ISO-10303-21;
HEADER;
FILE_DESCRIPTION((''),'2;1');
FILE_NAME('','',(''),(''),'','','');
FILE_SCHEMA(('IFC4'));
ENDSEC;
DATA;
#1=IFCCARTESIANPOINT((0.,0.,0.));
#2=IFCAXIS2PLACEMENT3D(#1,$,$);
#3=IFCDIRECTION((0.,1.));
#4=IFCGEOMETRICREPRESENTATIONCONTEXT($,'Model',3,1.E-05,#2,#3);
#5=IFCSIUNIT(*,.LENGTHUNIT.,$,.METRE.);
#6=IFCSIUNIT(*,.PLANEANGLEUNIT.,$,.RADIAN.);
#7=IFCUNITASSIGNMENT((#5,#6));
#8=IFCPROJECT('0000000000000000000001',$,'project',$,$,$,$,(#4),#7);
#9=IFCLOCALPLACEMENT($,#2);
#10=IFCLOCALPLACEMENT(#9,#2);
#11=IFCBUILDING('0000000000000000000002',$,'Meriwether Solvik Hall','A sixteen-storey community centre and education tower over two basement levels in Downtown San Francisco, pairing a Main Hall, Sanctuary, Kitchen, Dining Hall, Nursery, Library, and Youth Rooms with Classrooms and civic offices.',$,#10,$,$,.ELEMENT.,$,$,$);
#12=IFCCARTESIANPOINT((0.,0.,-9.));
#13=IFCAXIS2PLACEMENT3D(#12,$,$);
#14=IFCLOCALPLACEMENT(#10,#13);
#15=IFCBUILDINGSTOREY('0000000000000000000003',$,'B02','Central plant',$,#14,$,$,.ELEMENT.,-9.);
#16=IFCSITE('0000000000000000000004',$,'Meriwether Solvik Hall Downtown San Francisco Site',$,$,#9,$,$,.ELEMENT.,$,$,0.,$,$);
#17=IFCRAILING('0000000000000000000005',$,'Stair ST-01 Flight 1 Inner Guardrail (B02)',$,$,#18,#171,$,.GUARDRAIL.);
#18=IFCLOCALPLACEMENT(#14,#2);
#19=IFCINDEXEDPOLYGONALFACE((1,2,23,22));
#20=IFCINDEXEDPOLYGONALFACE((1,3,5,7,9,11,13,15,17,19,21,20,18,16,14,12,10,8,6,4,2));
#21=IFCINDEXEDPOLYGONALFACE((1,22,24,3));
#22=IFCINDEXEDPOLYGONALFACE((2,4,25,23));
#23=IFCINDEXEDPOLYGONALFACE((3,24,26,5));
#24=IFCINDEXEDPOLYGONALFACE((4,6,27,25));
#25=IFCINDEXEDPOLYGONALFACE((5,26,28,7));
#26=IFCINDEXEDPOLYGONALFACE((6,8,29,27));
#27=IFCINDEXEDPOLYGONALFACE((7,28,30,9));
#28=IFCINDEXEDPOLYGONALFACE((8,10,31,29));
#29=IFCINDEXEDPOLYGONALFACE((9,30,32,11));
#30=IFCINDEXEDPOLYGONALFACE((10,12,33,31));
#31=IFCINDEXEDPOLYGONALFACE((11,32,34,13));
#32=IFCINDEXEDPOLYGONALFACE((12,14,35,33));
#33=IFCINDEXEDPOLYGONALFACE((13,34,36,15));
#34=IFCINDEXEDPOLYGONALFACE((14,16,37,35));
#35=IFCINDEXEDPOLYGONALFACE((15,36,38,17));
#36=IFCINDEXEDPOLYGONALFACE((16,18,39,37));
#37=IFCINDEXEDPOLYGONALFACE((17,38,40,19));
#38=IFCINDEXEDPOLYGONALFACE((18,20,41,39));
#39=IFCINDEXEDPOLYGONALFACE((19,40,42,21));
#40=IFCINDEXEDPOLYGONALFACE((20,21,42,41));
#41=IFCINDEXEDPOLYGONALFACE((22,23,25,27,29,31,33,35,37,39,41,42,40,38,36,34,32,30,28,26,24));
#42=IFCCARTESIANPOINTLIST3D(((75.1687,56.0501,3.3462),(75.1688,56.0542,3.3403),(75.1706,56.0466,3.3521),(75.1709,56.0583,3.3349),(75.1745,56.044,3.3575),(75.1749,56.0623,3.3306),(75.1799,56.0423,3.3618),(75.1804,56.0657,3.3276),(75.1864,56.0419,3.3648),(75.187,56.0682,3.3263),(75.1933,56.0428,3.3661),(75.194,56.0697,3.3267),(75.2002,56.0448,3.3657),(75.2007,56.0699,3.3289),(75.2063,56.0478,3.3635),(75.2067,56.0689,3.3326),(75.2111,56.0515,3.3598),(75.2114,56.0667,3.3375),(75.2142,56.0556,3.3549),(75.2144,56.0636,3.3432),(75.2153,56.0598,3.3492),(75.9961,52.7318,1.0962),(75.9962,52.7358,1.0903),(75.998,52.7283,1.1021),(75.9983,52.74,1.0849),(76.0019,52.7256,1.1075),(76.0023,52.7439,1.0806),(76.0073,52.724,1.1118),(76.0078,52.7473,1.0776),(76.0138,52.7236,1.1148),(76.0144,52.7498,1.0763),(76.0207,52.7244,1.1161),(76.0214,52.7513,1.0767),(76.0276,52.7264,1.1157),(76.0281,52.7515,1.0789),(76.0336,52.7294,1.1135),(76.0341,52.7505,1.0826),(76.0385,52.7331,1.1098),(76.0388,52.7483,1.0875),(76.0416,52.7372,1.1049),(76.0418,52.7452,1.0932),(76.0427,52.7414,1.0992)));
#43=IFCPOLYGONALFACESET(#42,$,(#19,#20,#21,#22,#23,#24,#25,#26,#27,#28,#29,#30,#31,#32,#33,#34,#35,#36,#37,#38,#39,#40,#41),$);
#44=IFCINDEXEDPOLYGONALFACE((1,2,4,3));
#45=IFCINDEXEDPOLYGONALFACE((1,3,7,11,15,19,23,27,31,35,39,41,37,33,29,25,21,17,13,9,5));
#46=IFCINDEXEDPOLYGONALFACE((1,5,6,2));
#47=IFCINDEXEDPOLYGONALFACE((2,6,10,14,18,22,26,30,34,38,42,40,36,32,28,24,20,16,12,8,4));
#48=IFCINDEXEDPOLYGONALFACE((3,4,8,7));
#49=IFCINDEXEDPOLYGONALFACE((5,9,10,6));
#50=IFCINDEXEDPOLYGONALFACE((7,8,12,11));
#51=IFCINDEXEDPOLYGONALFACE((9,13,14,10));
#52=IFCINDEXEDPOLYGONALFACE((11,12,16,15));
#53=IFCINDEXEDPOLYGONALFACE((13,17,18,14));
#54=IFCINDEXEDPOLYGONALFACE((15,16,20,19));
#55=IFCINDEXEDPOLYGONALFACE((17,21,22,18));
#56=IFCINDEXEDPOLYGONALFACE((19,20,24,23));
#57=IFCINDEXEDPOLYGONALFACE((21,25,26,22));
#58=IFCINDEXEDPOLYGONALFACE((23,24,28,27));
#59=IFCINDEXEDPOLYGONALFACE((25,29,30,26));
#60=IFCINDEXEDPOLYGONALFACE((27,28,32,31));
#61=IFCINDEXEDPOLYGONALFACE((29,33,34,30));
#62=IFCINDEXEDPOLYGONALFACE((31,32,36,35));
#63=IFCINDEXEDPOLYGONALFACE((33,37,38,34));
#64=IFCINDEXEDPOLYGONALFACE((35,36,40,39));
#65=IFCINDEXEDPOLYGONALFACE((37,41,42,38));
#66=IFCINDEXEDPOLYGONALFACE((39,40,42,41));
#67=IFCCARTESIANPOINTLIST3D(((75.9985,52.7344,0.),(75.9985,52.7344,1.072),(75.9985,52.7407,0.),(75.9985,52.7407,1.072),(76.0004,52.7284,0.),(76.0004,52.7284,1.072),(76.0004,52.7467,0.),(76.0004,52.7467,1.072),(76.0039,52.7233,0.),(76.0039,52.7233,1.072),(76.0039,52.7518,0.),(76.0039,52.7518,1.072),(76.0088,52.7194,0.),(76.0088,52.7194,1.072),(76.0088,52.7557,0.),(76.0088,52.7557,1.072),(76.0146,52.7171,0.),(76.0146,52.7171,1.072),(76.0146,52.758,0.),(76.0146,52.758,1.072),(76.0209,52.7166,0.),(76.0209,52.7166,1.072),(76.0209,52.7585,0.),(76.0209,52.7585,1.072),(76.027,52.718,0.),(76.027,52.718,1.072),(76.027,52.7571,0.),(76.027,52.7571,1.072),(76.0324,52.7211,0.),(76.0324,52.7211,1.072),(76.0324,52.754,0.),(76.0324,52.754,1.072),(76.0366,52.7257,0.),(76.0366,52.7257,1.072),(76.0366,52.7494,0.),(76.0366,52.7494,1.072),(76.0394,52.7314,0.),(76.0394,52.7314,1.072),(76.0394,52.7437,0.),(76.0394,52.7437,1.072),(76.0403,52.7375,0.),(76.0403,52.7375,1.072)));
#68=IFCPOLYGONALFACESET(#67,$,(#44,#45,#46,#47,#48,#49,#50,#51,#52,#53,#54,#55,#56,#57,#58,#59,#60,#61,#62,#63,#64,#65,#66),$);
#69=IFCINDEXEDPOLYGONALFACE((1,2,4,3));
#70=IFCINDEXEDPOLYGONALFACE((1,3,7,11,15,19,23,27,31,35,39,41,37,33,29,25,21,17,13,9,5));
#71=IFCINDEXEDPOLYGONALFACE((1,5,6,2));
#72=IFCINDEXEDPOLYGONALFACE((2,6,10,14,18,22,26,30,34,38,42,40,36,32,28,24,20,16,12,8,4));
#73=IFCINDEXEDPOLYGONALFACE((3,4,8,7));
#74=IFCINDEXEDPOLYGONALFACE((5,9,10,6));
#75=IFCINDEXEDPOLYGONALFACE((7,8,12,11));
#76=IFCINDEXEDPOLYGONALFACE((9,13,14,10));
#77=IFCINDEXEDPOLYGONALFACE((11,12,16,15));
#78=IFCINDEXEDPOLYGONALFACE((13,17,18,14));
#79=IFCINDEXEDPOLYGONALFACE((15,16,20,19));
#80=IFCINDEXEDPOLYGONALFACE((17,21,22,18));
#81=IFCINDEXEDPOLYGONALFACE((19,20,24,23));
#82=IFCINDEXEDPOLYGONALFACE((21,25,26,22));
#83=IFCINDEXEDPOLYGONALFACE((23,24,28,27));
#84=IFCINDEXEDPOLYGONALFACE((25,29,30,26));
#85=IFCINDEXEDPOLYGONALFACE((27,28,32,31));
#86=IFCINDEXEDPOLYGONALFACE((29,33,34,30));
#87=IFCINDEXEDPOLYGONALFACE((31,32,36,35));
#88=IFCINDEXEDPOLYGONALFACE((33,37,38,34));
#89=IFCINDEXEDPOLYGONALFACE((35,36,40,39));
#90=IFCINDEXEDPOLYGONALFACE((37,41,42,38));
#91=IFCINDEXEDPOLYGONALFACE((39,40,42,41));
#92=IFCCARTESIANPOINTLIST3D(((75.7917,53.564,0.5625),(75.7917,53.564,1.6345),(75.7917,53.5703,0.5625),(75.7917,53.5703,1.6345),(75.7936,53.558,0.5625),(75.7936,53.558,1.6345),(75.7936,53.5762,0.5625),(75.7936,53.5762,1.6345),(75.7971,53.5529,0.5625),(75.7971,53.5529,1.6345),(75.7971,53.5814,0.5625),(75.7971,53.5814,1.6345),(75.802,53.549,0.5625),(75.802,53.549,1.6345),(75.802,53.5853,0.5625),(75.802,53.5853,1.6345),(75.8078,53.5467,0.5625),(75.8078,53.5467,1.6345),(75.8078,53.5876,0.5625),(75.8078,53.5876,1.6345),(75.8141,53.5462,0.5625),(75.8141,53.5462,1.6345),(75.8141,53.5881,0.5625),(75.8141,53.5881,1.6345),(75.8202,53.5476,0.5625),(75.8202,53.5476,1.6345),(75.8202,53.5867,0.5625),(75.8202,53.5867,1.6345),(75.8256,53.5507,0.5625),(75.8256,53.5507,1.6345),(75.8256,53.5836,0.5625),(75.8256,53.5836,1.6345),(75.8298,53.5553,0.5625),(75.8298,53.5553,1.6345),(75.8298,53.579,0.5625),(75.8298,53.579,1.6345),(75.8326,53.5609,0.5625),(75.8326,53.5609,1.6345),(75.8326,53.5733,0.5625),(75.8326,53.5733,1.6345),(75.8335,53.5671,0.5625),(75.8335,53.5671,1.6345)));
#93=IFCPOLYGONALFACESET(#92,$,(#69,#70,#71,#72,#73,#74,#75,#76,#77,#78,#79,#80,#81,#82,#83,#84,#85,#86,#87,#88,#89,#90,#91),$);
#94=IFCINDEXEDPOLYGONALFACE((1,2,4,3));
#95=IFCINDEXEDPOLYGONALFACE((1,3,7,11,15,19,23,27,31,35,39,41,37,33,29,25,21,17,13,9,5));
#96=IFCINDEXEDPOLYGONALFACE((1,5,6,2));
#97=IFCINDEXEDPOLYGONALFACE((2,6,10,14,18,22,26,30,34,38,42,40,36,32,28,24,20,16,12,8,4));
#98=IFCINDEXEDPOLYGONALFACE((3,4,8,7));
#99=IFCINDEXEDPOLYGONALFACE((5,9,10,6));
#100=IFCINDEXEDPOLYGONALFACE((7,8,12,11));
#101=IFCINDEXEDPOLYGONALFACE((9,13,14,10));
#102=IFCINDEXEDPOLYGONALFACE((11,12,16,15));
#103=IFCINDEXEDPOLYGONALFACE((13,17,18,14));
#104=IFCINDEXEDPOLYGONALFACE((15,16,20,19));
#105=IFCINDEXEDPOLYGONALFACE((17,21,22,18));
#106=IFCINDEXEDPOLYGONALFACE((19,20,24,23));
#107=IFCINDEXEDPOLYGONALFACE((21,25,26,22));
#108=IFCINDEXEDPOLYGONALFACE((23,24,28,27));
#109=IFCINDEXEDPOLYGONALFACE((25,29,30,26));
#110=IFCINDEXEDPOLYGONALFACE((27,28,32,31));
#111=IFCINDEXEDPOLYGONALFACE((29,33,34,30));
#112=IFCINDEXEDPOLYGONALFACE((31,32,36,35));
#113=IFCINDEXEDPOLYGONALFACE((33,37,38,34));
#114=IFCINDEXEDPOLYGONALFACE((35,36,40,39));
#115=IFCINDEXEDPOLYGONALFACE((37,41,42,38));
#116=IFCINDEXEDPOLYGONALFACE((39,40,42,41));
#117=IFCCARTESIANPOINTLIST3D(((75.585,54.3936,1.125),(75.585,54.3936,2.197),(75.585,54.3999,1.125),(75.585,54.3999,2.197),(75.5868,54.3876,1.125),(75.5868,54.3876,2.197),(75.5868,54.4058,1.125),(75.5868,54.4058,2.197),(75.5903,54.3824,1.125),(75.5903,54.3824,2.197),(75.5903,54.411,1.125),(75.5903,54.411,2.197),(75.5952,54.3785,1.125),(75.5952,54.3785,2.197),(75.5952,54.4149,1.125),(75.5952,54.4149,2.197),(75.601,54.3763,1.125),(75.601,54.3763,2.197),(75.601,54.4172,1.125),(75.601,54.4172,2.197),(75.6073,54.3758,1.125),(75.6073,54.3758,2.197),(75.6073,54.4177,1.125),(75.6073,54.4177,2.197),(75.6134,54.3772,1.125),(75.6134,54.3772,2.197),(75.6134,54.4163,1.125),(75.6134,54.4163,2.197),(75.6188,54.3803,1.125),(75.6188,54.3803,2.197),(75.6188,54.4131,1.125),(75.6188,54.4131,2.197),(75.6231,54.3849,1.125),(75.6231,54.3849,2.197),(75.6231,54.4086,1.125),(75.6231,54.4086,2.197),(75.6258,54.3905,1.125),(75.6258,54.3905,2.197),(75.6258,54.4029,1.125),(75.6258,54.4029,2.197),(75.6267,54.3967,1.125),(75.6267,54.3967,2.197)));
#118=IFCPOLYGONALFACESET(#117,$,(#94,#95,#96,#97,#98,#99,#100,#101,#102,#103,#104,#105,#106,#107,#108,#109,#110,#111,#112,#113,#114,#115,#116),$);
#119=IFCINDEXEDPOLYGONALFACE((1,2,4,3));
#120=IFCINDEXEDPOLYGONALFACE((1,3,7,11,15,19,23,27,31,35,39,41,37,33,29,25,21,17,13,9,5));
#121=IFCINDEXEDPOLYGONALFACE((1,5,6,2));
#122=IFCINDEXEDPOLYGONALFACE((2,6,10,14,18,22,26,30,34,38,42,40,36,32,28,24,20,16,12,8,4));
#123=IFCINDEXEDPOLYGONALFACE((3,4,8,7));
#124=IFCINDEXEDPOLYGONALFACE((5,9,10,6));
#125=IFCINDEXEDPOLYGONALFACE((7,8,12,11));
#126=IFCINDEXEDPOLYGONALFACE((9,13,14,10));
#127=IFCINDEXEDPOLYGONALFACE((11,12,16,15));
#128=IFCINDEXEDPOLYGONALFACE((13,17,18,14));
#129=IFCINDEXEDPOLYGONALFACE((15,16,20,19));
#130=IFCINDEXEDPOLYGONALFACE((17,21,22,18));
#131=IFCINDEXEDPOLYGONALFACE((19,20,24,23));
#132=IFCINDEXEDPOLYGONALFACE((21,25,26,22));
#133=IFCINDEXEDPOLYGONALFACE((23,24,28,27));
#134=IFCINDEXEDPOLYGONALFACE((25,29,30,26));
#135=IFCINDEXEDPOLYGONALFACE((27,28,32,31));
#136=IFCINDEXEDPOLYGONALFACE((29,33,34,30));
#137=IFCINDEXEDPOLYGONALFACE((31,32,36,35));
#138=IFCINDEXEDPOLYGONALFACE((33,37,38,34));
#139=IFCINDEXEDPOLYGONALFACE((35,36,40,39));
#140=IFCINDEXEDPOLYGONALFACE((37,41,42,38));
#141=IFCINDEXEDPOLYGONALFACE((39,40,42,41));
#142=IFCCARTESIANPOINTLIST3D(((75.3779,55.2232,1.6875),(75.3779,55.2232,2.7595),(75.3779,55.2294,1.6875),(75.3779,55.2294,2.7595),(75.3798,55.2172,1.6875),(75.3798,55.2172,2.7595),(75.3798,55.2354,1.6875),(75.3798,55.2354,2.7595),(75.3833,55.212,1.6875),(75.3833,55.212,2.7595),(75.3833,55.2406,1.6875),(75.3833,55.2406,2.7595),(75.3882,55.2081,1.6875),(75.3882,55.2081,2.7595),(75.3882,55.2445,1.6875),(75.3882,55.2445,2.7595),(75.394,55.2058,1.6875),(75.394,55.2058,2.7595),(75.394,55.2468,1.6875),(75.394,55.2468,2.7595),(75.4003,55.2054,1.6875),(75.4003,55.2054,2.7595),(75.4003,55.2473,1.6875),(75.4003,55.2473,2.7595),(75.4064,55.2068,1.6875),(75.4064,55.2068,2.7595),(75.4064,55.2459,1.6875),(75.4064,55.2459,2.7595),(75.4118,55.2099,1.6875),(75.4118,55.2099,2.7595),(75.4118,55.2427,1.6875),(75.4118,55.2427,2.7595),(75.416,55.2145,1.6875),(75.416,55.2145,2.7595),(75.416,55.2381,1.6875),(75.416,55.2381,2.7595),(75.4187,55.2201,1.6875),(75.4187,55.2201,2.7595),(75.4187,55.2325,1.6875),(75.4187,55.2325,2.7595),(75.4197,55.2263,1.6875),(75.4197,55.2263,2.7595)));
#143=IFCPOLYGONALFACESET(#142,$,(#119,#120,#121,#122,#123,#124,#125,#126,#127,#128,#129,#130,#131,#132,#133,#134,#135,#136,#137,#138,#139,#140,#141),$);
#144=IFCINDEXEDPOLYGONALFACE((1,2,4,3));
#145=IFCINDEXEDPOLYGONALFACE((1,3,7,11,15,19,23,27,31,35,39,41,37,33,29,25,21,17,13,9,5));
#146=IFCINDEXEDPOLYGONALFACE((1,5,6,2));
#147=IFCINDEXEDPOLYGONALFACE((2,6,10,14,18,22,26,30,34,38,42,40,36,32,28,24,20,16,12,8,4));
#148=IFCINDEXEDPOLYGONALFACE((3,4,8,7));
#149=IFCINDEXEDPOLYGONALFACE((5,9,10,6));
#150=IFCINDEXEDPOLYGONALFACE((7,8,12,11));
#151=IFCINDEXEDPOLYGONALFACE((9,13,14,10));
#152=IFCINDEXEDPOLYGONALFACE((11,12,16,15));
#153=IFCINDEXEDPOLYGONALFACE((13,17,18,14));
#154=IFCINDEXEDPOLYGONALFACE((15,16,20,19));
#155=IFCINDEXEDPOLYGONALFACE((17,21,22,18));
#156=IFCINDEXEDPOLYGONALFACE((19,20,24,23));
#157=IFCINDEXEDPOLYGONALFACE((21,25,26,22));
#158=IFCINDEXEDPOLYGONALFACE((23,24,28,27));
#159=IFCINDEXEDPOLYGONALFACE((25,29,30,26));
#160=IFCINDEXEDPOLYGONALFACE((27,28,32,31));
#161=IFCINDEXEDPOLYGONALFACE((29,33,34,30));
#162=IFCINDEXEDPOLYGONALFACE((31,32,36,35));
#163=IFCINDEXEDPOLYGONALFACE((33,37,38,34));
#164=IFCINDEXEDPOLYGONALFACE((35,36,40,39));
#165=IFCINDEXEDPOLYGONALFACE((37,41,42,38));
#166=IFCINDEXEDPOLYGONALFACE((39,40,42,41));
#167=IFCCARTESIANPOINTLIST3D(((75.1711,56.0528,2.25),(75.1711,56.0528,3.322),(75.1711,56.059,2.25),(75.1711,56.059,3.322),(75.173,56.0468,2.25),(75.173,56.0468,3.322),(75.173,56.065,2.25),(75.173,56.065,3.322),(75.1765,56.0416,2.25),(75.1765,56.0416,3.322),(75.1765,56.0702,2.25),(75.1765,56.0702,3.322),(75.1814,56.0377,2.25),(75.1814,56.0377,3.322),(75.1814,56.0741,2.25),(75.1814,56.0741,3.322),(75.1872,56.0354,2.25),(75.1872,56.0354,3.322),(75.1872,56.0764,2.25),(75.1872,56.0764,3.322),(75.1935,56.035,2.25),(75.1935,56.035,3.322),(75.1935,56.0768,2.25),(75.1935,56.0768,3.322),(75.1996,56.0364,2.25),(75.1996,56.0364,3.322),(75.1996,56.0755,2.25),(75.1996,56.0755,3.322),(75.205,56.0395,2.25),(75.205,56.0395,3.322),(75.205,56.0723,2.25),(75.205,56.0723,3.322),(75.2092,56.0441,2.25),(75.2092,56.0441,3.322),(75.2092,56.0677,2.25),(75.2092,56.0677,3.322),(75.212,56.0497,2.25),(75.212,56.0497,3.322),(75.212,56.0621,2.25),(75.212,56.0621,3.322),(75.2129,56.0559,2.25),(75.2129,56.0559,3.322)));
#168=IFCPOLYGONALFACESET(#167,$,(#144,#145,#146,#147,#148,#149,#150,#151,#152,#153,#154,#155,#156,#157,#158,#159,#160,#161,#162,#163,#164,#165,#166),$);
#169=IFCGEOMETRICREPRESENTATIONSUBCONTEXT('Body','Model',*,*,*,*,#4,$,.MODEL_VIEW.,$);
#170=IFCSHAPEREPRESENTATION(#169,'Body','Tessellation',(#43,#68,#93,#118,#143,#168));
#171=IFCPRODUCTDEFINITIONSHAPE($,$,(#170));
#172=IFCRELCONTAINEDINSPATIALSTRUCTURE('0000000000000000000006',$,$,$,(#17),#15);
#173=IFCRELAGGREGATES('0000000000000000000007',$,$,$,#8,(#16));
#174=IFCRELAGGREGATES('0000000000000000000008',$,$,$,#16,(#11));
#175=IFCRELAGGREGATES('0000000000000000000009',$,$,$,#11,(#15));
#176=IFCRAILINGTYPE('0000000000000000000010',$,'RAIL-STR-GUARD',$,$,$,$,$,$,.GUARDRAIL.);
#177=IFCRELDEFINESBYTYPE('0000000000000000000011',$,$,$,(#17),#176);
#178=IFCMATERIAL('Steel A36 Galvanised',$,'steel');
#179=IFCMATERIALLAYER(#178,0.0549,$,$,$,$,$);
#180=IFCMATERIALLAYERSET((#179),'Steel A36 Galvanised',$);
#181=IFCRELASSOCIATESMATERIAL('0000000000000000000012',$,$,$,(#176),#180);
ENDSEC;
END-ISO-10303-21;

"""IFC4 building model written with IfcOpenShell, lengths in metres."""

from ifc_helpers import new_model, si_unit, direction, frame, origin, origin_2d, place, context, subcontext, project, spatial, circle, extrude, material, layer, layer_set, type_object, element, save


model = new_model("IFC4")

# Units and contexts
model_context = context("Model", 3, precision=1e-05, world=origin(), true_north=direction((0.0, 1.0)))
body_context = subcontext(model_context, "Body", "Model", "MODEL_VIEW")
ifc_project = project(units=[si_unit("LENGTHUNIT", "METRE"), si_unit("PLANEANGLEUNIT", "RADIAN")], contexts=[model_context])

# Site, building, storey
site_placement = place(None, origin())
site = spatial("IfcSite", under=ifc_project, at=site_placement, Name="Meriwether Solvik Hall Downtown San Francisco Site", CompositionType="ELEMENT", RefElevation=0.0)
building_placement = place(site_placement, origin())
building = spatial("IfcBuilding", under=site, at=building_placement, Name="Meriwether Solvik Hall", Description="A sixteen-storey community centre and education tower over two basement levels in Downtown San Francisco, pairing a Main Hall, Sanctuary, Kitchen, Dining Hall, Nursery, Library, and Youth Rooms with Classrooms and civic offices.", CompositionType="ELEMENT")
storey_placement = place(building_placement, frame((0.0, 0.0, -9.0)))
storey = spatial("IfcBuildingStorey", under=building, at=storey_placement, Name="B02", Description="Central plant", CompositionType="ELEMENT", Elevation=-9.0)

# Railing
ifc_material_1 = material(Name="Steel A36 Galvanised", Category="steel")
ifc_layer_1 = layer(ifc_material_1, 0.0549)
ifc_layer_set_1 = layer_set([ifc_layer_1], Name="Steel A36 Galvanised")
railing_type_1 = type_object("IfcRailingType", Name="RAIL-STR-GUARD", PredefinedType="GUARDRAIL", material=ifc_layer_set_1)
railing_1_placement = place(storey_placement, frame((76.0193, 52.7375, 0.0)))
element("IfcRailing", 1, at=railing_1_placement, inside=storey, type_object=railing_type_1, Name="Stair ST-01 Flight 1 Inner Guardrail (B02)", PredefinedType="GUARDRAIL", context=body_context, shape_type="SweptSolid", body=[
    extrude(circle(Radius=0.0239, at=origin_2d()), frame((0.0, 0.0, 1.0962), z_axis=(-0.202112, 0.810596, 0.549622), x_axis=(-0.970293, -0.241931, 0.0)), (0.0, 0.0, 1.0), 4.0938),
    extrude(circle(Radius=0.021, at=origin_2d()), origin(), (0.0, 0.0, 1.0), 1.072),
    extrude(circle(Radius=0.021, at=origin_2d()), frame((-0.2068, 0.8296, 0.5625)), (0.0, 0.0, 1.0), 1.072),
    extrude(circle(Radius=0.021, at=origin_2d()), frame((-0.4136, 1.6592, 1.125)), (0.0, 0.0, 1.0), 1.072),
    extrude(circle(Radius=0.021, at=origin_2d()), frame((-0.6206, 2.4888, 1.6875)), (0.0, 0.0, 1.0), 1.072),
    extrude(circle(Radius=0.021, at=origin_2d()), frame((-0.8274, 3.3184, 2.25)), (0.0, 0.0, 1.0), 1.072),
])

save(model, "model.ifc")
